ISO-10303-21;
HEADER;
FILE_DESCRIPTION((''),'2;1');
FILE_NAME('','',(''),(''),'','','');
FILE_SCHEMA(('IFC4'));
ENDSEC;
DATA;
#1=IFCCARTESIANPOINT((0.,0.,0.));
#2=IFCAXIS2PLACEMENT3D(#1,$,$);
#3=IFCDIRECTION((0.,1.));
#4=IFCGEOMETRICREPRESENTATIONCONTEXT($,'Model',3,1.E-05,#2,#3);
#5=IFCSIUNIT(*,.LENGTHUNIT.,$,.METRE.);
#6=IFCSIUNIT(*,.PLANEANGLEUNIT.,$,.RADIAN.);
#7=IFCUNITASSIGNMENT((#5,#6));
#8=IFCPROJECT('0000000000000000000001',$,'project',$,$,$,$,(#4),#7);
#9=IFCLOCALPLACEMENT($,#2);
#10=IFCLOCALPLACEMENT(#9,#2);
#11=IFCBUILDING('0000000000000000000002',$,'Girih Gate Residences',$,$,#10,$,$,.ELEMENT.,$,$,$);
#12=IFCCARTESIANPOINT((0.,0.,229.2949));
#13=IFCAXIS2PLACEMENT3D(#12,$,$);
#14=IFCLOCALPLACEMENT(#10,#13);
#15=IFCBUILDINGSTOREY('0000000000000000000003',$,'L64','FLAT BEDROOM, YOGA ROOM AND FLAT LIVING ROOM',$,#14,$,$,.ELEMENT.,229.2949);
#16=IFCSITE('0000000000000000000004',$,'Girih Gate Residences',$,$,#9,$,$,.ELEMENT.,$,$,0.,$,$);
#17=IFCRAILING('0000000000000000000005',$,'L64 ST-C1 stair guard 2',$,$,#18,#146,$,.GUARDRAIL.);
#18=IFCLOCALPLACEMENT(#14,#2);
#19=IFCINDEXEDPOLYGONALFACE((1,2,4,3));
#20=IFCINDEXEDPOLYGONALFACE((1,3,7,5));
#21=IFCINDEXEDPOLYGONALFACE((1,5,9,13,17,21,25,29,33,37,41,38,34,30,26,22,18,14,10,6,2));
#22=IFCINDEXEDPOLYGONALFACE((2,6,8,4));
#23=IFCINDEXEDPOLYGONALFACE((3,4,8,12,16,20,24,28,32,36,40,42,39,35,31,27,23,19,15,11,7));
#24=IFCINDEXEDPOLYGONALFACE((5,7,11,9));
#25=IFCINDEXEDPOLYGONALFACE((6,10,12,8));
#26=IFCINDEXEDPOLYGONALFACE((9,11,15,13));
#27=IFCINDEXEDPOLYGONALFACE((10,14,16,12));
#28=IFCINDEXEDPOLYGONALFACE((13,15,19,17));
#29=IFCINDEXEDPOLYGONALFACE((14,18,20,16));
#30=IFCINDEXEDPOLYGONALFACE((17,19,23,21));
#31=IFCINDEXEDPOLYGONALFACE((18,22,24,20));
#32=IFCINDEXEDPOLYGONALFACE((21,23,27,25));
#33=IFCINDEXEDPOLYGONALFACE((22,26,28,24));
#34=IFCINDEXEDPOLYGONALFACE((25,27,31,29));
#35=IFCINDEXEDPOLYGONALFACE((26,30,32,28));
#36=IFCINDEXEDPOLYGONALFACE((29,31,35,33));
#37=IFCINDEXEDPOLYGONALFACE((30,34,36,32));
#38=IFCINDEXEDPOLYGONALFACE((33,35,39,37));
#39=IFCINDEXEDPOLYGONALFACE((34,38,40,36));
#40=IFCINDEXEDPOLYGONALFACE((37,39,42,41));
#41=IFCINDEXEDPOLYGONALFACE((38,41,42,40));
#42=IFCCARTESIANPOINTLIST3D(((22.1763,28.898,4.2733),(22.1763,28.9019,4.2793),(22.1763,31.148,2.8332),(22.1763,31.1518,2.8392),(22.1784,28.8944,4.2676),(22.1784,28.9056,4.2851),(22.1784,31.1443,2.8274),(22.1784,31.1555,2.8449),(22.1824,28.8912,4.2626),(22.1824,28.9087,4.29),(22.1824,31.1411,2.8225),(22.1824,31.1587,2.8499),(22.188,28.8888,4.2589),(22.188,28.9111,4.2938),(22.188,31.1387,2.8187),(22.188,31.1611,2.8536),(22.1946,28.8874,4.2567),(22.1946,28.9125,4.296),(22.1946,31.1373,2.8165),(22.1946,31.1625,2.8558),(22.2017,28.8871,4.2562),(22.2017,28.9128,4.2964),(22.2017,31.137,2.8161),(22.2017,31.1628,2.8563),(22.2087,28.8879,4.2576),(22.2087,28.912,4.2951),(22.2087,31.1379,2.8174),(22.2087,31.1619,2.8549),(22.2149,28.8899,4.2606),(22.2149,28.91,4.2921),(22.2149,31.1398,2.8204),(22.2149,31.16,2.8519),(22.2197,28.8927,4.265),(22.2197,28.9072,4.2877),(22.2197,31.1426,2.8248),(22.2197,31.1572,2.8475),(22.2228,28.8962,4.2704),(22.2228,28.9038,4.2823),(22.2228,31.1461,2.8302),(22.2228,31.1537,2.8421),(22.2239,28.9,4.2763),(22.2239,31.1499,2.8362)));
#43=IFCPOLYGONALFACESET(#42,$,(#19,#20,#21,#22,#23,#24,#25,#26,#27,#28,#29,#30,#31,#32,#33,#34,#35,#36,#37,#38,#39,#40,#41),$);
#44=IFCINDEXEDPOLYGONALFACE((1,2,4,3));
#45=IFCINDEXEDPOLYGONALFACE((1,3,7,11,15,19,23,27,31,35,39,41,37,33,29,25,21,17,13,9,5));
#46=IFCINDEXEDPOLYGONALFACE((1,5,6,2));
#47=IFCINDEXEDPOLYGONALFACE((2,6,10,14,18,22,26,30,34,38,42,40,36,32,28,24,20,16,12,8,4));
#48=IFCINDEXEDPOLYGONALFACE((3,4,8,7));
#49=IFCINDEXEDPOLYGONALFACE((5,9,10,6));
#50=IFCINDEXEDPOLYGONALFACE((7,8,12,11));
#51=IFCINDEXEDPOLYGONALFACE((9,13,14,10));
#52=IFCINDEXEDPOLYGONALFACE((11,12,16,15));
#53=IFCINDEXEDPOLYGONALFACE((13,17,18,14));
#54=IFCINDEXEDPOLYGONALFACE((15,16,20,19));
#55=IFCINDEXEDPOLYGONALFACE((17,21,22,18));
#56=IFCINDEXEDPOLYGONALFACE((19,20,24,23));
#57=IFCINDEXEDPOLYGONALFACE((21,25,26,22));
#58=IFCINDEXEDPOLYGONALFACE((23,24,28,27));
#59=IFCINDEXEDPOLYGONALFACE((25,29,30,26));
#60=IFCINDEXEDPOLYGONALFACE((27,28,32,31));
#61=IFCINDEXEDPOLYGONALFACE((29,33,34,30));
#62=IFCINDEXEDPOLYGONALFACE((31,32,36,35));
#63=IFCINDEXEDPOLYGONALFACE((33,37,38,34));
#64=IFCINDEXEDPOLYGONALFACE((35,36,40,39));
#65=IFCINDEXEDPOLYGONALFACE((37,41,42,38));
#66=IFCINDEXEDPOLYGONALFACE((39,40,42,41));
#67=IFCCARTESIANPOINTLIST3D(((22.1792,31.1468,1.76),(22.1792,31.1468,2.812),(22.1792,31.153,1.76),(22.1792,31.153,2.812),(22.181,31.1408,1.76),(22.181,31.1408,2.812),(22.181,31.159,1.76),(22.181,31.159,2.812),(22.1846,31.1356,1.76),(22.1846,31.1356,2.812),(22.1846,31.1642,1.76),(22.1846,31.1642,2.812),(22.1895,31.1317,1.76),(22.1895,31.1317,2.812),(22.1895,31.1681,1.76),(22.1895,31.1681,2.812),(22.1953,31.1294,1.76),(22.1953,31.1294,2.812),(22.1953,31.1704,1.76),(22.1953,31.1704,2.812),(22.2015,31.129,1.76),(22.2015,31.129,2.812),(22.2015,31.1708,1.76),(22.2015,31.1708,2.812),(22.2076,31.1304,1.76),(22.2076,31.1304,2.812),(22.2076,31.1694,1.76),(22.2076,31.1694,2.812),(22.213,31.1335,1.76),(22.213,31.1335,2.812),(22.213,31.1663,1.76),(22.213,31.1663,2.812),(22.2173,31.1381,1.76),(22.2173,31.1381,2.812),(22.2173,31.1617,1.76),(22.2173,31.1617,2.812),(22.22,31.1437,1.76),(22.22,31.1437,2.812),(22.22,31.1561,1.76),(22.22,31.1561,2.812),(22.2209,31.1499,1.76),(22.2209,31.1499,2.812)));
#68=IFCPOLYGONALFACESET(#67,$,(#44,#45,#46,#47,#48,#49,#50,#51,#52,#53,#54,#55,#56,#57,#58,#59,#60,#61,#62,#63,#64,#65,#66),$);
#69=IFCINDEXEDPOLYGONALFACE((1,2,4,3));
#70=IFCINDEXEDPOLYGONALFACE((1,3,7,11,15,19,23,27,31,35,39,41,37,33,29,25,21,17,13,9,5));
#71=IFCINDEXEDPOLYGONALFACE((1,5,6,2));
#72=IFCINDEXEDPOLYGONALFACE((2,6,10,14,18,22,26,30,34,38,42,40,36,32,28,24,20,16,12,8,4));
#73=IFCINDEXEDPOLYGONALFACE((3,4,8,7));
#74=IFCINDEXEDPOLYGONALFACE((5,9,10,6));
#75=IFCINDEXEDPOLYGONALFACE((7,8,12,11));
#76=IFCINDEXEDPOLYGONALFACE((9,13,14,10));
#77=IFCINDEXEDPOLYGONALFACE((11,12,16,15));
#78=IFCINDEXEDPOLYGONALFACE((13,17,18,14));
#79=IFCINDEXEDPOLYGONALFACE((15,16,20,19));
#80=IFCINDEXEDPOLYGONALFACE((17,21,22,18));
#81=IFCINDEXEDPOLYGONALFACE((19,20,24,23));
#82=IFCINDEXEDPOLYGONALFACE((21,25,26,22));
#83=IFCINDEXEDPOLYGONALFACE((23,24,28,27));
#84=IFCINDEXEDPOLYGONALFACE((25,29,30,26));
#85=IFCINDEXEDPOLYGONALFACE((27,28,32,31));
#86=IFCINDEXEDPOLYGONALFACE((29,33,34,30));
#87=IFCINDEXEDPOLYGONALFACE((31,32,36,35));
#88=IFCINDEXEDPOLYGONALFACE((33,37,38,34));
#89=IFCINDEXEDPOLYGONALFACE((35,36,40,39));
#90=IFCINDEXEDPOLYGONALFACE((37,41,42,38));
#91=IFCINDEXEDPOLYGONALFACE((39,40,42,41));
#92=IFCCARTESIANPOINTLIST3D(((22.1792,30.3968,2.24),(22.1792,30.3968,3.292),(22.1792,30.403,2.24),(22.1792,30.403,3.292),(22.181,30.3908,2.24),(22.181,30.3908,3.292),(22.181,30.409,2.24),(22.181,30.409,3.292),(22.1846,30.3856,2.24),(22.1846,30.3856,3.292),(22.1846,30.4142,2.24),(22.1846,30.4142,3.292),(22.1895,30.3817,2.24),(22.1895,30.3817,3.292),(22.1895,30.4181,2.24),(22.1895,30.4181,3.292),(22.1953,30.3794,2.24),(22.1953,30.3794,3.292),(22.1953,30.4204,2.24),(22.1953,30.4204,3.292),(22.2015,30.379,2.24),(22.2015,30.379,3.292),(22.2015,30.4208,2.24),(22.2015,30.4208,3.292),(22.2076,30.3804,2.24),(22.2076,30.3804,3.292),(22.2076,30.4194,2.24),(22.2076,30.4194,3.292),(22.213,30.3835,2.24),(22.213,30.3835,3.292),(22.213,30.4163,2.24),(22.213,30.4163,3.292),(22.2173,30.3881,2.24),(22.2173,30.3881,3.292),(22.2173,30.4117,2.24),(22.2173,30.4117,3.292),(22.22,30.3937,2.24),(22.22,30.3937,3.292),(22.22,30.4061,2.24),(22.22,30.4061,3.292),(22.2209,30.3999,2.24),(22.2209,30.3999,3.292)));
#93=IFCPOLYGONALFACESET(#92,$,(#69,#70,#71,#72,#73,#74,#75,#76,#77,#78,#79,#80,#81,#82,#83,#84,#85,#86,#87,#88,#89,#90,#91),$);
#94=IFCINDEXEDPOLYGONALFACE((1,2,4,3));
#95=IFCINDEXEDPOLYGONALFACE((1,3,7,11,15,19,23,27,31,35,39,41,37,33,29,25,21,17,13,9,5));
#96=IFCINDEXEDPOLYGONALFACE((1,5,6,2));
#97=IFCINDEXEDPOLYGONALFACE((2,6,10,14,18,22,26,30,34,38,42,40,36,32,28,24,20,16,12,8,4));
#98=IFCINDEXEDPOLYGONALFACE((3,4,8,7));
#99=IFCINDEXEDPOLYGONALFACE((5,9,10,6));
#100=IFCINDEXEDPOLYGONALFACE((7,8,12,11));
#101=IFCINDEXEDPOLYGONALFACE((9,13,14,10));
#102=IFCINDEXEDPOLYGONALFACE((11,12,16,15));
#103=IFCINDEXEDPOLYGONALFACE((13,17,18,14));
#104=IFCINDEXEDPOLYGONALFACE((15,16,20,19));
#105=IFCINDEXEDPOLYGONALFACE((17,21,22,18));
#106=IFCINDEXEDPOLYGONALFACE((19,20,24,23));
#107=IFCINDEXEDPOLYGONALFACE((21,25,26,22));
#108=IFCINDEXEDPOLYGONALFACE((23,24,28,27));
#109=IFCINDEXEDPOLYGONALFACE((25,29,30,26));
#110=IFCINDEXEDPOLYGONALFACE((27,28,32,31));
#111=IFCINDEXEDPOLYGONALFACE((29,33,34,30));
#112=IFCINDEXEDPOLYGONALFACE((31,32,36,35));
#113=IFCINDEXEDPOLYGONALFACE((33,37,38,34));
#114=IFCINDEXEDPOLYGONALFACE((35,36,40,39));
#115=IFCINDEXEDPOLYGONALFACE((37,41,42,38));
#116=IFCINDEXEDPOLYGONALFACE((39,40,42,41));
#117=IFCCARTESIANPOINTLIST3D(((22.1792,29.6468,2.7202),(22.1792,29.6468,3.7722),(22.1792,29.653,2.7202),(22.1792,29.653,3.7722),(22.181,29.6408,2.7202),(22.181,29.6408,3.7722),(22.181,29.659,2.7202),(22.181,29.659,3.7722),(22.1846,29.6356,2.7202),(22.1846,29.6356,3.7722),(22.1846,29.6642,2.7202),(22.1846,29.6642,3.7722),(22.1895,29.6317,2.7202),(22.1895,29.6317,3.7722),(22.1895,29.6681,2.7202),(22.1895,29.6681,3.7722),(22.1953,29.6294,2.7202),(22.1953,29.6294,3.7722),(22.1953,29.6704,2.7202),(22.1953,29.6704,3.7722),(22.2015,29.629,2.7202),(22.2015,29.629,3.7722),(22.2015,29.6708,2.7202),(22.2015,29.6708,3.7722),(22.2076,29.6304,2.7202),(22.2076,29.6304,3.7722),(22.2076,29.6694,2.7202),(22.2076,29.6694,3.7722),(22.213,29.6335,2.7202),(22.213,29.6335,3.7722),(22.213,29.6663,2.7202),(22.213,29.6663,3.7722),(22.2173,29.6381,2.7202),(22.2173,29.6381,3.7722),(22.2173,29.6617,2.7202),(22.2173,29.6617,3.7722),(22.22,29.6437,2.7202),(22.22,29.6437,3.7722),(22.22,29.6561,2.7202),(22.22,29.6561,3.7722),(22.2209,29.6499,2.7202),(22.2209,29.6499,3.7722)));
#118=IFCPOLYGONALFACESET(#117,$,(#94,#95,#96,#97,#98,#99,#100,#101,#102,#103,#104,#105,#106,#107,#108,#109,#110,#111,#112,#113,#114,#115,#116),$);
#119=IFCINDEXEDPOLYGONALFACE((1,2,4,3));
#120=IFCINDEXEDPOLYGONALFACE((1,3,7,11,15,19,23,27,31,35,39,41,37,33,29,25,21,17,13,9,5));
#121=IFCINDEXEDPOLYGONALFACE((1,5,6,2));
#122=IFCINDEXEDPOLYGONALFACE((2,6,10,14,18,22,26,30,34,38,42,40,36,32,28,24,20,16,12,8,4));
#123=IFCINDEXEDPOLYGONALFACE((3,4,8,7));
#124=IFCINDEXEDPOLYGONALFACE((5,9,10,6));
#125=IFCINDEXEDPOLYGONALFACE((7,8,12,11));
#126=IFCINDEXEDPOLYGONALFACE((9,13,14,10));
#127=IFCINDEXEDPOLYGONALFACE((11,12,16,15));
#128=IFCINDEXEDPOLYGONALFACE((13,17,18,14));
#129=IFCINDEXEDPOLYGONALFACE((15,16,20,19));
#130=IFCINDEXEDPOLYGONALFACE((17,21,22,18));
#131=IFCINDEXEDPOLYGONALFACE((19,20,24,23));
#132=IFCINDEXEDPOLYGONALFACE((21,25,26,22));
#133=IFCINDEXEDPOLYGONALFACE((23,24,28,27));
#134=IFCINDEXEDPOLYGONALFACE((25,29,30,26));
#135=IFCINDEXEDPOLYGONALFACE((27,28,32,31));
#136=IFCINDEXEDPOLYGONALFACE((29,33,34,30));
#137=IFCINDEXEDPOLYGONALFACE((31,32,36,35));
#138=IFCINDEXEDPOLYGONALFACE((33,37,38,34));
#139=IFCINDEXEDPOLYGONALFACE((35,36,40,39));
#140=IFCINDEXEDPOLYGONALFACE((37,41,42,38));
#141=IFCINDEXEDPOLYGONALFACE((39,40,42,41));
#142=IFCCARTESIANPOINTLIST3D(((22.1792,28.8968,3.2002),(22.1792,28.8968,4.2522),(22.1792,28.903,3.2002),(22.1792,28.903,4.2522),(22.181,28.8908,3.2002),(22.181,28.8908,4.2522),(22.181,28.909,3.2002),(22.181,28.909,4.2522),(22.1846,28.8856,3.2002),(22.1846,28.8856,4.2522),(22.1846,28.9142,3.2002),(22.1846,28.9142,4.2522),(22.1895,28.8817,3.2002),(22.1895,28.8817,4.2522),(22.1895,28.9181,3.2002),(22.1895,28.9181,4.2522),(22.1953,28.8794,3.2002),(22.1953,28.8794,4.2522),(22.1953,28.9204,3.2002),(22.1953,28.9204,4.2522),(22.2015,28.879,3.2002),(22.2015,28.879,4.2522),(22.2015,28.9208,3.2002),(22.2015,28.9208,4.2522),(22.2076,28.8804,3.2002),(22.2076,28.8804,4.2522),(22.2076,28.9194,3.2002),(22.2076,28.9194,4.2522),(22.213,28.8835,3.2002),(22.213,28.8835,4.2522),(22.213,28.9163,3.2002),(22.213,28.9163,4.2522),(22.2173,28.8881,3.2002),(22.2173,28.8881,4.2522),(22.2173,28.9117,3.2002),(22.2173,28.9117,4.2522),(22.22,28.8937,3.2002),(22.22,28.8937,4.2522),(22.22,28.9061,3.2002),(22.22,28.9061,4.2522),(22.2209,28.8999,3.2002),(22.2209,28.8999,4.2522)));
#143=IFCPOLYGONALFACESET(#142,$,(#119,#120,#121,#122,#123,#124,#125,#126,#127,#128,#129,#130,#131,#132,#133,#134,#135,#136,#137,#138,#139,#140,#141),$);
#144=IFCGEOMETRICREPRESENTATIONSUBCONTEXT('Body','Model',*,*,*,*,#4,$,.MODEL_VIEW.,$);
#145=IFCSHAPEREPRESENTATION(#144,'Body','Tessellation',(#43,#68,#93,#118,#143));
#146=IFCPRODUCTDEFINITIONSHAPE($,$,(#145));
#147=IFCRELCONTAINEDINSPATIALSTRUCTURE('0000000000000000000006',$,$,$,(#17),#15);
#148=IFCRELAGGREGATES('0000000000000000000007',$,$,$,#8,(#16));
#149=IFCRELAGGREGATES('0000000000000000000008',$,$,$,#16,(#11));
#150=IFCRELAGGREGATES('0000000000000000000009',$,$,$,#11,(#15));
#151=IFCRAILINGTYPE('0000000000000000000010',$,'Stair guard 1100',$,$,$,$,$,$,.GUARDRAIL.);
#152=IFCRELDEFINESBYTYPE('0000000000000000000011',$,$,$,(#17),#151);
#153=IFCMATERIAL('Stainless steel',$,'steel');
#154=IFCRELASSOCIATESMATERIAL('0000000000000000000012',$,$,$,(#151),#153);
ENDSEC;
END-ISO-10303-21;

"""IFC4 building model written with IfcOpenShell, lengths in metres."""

from ifc_helpers import new_model, si_unit, direction, frame, origin, origin_2d, place, context, subcontext, project, spatial, circle, extrude, material, type_object, element, save


model = new_model("IFC4")

# Units and contexts
model_context = context("Model", 3, precision=1e-05, world=origin(), true_north=direction((0.0, 1.0)))
body_context = subcontext(model_context, "Body", "Model", "MODEL_VIEW")
ifc_project = project(units=[si_unit("LENGTHUNIT", "METRE"), si_unit("PLANEANGLEUNIT", "RADIAN")], contexts=[model_context])

# Site, building, storey
site_placement = place(None, origin())
site = spatial("IfcSite", under=ifc_project, at=site_placement, Name="Girih Gate Residences", CompositionType="ELEMENT", RefElevation=0.0)
building_placement = place(site_placement, origin())
building = spatial("IfcBuilding", under=site, at=building_placement, Name="Girih Gate Residences", CompositionType="ELEMENT")
storey_placement = place(building_placement, frame((0.0, 0.0, 229.2949)))
storey = spatial("IfcBuildingStorey", under=building, at=storey_placement, Name="L64", Description="FLAT BEDROOM, YOGA ROOM AND FLAT LIVING ROOM", CompositionType="ELEMENT", Elevation=229.2949)

# Railing
ifc_material_1 = material(Name="Stainless steel", Category="steel")
railing_type_1 = type_object("IfcRailingType", Name="Stair guard 1100", PredefinedType="GUARDRAIL", material=ifc_material_1)
railing_1_placement = place(storey_placement, frame((22.2, 31.1499, 1.76)))
element("IfcRailing", 1, at=railing_1_placement, inside=storey, type_object=railing_type_1, Name="L64 ST-C1 stair guard 2", PredefinedType="GUARDRAIL", context=body_context, shape_type="SweptSolid", body=[
    extrude(circle(Radius=0.0239, at=origin_2d()), frame((0.0, 0.0, 1.0762), z_axis=(0.0, -0.84224, 0.539103), x_axis=(1.0, 0.0, 0.0)), (0.0, 0.0, 1.0), 2.6714),
    extrude(circle(Radius=0.021, at=origin_2d()), origin(), (0.0, 0.0, 1.0), 1.052),
    extrude(circle(Radius=0.021, at=origin_2d()), frame((0.0, -0.75, 0.48)), (0.0, 0.0, 1.0), 1.052),
    extrude(circle(Radius=0.021, at=origin_2d()), frame((0.0, -1.5, 0.9602)), (0.0, 0.0, 1.0), 1.052),
    extrude(circle(Radius=0.021, at=origin_2d()), frame((0.0, -2.25, 1.4402)), (0.0, 0.0, 1.0), 1.052),
])

save(model, "model.ifc")
